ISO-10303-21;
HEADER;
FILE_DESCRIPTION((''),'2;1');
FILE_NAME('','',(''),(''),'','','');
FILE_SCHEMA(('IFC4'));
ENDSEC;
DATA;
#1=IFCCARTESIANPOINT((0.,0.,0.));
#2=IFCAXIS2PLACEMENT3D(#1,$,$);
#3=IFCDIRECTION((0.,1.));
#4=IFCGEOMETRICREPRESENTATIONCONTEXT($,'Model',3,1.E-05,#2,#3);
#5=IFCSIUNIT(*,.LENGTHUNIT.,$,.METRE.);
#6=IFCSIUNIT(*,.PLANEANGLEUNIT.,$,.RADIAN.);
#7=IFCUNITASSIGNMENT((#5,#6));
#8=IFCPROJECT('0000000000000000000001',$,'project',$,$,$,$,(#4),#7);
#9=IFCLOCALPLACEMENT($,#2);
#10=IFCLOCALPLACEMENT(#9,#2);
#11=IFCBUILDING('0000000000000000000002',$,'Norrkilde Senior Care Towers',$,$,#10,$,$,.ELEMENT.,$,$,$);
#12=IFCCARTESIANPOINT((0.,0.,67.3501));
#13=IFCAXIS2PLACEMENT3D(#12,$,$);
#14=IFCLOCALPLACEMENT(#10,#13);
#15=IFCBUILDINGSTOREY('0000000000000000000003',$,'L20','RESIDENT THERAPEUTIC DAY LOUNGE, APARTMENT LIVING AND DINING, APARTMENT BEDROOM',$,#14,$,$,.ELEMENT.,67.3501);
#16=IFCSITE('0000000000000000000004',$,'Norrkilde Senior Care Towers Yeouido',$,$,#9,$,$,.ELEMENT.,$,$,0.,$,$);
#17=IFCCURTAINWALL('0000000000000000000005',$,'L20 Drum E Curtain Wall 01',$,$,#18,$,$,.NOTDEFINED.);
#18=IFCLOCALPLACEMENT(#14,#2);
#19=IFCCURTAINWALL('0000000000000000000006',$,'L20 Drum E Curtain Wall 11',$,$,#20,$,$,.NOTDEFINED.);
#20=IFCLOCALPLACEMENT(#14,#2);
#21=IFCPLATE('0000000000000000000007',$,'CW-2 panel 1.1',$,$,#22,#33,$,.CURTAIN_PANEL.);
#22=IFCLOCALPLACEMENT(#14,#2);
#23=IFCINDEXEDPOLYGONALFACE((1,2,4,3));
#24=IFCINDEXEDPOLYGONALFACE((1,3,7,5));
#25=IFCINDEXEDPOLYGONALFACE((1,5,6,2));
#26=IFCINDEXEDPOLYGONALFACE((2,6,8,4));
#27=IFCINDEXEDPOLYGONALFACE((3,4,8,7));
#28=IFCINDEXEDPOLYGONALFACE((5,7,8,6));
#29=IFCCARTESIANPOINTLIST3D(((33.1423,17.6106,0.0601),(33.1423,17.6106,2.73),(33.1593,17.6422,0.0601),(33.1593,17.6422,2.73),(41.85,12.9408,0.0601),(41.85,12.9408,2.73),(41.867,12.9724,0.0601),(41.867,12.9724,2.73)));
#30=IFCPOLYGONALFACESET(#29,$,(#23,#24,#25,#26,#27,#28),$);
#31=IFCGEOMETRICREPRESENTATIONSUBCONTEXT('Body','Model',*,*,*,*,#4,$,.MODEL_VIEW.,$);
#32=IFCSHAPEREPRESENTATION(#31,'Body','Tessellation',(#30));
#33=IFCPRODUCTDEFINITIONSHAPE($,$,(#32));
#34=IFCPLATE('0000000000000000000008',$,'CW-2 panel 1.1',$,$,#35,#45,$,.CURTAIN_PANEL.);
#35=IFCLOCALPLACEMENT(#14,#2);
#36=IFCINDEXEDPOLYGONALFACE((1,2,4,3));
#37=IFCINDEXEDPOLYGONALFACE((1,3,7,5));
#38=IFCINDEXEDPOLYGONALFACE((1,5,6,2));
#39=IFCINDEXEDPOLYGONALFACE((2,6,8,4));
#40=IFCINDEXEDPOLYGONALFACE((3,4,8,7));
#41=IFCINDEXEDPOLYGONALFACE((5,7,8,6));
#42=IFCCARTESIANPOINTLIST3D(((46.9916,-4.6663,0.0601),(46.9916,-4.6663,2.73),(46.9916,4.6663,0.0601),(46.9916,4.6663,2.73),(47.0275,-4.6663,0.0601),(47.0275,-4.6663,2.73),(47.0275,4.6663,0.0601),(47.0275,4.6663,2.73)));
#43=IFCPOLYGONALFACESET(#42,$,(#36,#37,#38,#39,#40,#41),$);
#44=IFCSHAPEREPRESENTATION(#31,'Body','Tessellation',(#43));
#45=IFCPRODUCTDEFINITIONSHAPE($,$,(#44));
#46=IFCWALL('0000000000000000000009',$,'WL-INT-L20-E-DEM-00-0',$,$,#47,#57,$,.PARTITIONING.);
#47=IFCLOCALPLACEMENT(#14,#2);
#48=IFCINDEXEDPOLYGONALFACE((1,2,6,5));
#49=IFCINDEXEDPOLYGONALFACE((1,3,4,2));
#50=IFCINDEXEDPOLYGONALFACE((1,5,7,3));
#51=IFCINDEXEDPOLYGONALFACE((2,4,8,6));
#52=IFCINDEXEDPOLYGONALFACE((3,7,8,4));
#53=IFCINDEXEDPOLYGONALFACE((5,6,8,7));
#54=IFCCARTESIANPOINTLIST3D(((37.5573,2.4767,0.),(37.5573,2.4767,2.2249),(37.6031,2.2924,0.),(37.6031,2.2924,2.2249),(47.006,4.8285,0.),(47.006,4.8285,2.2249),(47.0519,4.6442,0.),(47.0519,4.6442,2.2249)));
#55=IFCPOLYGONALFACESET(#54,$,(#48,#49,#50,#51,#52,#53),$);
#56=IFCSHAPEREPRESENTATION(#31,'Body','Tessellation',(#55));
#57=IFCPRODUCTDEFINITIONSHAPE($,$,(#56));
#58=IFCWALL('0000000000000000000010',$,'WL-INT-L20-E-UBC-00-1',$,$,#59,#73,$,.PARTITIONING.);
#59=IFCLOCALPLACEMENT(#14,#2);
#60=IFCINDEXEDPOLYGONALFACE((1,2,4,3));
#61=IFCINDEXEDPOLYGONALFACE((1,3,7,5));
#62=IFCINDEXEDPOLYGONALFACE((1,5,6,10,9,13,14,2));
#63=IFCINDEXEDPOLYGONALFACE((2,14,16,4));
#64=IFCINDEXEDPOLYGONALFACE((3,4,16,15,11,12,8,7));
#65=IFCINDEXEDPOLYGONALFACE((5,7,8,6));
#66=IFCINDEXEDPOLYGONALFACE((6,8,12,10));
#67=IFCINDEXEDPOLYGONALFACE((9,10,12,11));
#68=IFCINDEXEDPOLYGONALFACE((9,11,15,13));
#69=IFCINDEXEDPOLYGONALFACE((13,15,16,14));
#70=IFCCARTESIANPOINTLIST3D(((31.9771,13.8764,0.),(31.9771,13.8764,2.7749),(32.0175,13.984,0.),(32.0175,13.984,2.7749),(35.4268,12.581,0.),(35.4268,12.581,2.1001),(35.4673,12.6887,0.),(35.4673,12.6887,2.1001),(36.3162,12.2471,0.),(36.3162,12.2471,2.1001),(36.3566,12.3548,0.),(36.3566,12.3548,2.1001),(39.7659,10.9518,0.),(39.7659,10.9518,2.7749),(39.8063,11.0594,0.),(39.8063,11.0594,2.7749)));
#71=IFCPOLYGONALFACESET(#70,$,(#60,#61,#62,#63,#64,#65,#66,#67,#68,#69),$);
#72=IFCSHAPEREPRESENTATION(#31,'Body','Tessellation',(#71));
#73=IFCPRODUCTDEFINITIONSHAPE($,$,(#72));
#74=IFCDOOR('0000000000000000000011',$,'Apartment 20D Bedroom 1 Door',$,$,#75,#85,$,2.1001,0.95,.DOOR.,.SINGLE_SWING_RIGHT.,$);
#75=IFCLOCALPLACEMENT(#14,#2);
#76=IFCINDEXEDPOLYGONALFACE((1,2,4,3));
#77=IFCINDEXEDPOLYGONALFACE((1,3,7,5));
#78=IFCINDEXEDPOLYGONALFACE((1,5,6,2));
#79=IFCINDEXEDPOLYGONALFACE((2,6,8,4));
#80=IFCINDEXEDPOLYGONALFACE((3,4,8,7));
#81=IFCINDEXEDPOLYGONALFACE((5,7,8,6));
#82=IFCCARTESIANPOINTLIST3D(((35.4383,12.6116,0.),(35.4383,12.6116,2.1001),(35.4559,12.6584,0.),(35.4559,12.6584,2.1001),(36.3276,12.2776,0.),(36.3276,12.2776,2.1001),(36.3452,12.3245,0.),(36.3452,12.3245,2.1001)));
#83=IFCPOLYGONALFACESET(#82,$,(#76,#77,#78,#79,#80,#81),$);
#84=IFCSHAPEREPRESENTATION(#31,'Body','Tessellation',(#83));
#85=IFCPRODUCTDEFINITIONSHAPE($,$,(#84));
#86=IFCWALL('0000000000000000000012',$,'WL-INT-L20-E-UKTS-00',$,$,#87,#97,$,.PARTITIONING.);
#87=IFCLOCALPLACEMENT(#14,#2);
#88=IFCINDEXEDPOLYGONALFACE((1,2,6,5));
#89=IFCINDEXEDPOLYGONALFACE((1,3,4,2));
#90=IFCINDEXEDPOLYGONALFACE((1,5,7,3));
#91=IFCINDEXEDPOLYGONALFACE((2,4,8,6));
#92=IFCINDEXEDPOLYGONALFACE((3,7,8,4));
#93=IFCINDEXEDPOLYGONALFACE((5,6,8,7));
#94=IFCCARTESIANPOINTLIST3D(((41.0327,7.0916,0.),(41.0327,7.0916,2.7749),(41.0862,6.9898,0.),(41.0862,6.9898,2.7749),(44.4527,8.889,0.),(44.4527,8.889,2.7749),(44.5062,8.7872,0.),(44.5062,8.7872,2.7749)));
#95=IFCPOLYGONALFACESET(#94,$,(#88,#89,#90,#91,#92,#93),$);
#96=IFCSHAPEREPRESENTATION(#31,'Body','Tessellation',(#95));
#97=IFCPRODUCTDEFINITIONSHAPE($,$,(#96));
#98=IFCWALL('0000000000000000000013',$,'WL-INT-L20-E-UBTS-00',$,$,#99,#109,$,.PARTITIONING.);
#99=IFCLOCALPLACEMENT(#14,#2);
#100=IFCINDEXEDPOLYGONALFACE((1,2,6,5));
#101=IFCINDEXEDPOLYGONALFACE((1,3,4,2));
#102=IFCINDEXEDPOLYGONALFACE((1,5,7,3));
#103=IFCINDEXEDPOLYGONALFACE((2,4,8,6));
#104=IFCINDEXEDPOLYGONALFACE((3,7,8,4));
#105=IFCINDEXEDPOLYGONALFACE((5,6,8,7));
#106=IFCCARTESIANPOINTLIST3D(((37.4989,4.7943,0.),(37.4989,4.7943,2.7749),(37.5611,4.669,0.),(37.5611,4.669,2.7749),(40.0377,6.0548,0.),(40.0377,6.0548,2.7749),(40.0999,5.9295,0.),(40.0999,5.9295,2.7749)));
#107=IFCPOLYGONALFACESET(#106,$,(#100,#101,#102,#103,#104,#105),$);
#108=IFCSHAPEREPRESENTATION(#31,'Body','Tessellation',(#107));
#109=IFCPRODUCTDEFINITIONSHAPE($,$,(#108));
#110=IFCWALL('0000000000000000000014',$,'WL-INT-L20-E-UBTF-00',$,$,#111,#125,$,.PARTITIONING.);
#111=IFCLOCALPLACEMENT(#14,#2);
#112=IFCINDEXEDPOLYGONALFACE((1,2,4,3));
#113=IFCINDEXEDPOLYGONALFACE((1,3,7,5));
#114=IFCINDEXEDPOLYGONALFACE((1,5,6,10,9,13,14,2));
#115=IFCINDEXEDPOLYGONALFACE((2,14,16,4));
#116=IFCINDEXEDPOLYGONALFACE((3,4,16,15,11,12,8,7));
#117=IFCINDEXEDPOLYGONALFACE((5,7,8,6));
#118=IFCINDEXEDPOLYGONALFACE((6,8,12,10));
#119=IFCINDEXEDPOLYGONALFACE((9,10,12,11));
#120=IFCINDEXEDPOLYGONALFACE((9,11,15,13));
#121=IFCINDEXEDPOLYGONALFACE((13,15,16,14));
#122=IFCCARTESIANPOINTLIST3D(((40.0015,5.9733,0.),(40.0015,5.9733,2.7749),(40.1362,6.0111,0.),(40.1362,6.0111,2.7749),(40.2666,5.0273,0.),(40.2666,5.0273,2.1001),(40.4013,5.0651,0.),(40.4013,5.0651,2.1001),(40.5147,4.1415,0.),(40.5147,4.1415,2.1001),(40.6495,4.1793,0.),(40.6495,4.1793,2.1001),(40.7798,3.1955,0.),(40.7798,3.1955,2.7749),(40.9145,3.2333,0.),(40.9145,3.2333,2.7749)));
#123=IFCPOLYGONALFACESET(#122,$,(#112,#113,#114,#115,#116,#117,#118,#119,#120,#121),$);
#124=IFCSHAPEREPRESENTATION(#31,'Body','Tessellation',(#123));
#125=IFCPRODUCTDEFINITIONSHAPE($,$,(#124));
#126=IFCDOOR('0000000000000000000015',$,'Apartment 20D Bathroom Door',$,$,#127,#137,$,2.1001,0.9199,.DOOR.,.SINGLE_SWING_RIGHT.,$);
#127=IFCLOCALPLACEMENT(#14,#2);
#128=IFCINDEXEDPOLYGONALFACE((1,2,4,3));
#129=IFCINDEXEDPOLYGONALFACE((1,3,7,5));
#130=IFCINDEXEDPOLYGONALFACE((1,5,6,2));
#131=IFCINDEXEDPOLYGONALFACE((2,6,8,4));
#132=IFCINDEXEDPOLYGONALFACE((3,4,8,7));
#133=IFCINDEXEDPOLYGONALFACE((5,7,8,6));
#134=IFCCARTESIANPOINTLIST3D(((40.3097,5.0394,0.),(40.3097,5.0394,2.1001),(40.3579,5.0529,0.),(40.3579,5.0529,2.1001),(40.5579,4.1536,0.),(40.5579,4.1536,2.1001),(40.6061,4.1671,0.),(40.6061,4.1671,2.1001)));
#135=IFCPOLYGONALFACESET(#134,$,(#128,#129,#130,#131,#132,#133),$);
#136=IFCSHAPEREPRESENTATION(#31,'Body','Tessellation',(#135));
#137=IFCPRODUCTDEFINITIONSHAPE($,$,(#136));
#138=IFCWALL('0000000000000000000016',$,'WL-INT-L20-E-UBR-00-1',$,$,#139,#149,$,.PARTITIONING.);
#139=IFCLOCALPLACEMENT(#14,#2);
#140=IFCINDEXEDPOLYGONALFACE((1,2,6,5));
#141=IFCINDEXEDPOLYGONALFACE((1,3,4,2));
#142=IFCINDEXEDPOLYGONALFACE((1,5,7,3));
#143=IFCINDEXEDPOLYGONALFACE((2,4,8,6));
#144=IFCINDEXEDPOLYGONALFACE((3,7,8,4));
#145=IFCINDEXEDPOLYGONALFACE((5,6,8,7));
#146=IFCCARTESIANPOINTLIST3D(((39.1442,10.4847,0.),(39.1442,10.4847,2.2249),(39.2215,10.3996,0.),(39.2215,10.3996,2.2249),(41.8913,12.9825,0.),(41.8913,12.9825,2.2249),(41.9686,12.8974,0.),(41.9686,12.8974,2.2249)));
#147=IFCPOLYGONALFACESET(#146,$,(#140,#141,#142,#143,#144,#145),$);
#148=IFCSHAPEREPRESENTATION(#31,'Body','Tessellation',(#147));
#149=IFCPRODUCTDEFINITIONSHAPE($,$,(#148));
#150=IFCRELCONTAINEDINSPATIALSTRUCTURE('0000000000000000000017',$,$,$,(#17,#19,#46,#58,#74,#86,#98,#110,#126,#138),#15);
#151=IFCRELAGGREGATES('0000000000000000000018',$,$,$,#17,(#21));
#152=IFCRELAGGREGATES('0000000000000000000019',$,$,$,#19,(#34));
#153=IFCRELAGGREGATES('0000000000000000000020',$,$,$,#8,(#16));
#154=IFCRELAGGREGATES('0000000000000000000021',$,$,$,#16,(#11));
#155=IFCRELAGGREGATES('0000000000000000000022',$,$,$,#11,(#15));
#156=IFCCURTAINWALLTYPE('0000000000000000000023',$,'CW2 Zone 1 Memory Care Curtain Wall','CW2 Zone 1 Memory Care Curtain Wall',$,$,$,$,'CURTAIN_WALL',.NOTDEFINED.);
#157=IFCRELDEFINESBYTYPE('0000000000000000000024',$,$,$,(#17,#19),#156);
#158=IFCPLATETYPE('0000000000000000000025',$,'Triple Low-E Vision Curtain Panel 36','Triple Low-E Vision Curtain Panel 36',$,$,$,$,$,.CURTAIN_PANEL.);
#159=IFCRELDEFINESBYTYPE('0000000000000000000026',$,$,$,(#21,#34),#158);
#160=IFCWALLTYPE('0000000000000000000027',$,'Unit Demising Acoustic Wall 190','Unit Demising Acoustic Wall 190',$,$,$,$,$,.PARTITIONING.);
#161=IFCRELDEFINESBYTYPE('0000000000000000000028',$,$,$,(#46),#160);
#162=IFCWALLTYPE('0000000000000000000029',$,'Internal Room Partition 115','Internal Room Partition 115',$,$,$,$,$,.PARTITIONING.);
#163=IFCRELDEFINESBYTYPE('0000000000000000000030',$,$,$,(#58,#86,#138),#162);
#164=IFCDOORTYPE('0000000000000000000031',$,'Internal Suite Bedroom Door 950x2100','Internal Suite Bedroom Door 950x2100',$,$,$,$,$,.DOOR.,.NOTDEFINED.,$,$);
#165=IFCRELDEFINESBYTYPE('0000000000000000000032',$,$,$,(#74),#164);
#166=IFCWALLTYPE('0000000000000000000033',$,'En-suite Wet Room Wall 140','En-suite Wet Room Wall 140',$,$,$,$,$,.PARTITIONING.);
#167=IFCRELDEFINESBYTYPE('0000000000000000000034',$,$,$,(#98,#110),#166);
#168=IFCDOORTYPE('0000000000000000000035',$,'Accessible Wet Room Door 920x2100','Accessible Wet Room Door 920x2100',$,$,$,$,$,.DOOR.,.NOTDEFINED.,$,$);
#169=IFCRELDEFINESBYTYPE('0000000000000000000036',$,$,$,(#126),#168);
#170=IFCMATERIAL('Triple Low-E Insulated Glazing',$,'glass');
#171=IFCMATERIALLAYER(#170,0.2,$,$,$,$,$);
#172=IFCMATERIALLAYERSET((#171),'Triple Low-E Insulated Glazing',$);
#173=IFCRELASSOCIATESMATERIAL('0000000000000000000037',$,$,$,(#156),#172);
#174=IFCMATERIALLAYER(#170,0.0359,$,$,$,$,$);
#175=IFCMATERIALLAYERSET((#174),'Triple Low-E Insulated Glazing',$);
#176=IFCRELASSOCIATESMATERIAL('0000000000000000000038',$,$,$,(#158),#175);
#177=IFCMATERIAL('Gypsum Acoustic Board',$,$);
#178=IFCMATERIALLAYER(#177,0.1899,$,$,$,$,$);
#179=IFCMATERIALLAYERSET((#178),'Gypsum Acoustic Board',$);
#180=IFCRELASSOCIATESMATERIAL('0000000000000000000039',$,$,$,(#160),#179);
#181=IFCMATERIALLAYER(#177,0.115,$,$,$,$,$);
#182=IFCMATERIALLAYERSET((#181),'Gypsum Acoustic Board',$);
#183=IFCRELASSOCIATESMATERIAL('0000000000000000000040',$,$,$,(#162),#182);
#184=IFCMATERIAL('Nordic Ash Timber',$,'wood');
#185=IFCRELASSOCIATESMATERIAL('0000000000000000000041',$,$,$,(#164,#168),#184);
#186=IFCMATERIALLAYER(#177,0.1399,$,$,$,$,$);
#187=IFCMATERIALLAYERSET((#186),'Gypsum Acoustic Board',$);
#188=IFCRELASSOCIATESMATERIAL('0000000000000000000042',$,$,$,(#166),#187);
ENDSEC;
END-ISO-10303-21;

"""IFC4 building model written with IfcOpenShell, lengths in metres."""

from ifc_helpers import new_model, si_unit, direction, frame, frame_2d, origin, origin_2d, place, context, subcontext, project, spatial, rectangle, extrude, source, transform, mapped, material, layer, layer_set, type_object, type_shapes, element, fill, aggregate, save


model = new_model("IFC4")

# Units and contexts
model_context = context("Model", 3, precision=1e-05, world=origin(), true_north=direction((0.0, 1.0)))
body_context = subcontext(model_context, "Body", "Model", "MODEL_VIEW")
ifc_project = project(units=[si_unit("LENGTHUNIT", "METRE"), si_unit("PLANEANGLEUNIT", "RADIAN")], contexts=[model_context])

# Site, building, storey
site_placement = place(None, origin())
site = spatial("IfcSite", under=ifc_project, at=site_placement, Name="Norrkilde Senior Care Towers Yeouido", CompositionType="ELEMENT", RefElevation=0.0)
building_placement = place(site_placement, origin())
building = spatial("IfcBuilding", under=site, at=building_placement, Name="Norrkilde Senior Care Towers", CompositionType="ELEMENT")
storey_placement = place(building_placement, frame((0.0, 0.0, 67.3501)))
storey = spatial("IfcBuildingStorey", under=building, at=storey_placement, Name="L20", Description="RESIDENT THERAPEUTIC DAY LOUNGE, APARTMENT LIVING AND DINING, APARTMENT BEDROOM", CompositionType="ELEMENT", Elevation=67.3501)

# Shared definitions
ifc_material_1 = material(Name="Triple Low-E Insulated Glazing", Category="glass")
ifc_layer_1 = layer(ifc_material_1, 0.2)
ifc_layer_set_1 = layer_set([ifc_layer_1], Name="Triple Low-E Insulated Glazing")
curtain_wall_type = type_object("IfcCurtainWallType", Name="CW2 Zone 1 Memory Care Curtain Wall", Description="CW2 Zone 1 Memory Care Curtain Wall", ElementType="CURTAIN_WALL", PredefinedType="NOTDEFINED", material=ifc_layer_set_1)

# Curtain walls
curtain_wall_1_placement = place(storey_placement, origin())
curtain_wall_1 = element("IfcCurtainWall", 1, at=curtain_wall_1_placement, inside=storey, type_object=curtain_wall_type, Name="L20 Drum E Curtain Wall 01", PredefinedType="NOTDEFINED")
curtain_wall_2_placement = place(storey_placement, origin())
curtain_wall_2 = element("IfcCurtainWall", 2, at=curtain_wall_2_placement, inside=storey, type_object=curtain_wall_type, Name="L20 Drum E Curtain Wall 11", PredefinedType="NOTDEFINED")

# Plates
ifc_layer_2 = layer(ifc_material_1, 0.0359)
ifc_layer_set_2 = layer_set([ifc_layer_2], Name="Triple Low-E Insulated Glazing")
plate_type = type_object("IfcPlateType", Name="Triple Low-E Vision Curtain Panel 36", Description="Triple Low-E Vision Curtain Panel 36", PredefinedType="CURTAIN_PANEL", material=ifc_layer_set_2)
shared_shape_1 = source(origin(), body_context, "Body", "SweptSolid", [
    extrude(rectangle(XDim=9.8809, YDim=0.0359, at=origin_2d()), origin(), (0.0, 0.0, 1.0), 2.6699),
])
plate_1_placement = place(storey_placement, frame((37.5046, 15.2915, 0.0601), z_axis=(0.0, 0.0, 1.0), x_axis=(0.881273, -0.472608, 0.0)))
plate_1 = element("IfcPlate", 3, at=plate_1_placement, type_object=plate_type, Name="CW-2 panel 1.1", PredefinedType="CURTAIN_PANEL", context=body_context, shape_type="MappedRepresentation", body=[
    mapped(shared_shape_1, transform((0.0, 0.0, 0.0), x_axis=(1.0, 0.0, 0.0), y_axis=(0.0, 1.0, 0.0), z_axis=(0.0, 0.0, 1.0), scale=1.0)),
])
aggregate(curtain_wall_1, [plate_1])
shared_shape_2 = source(origin(), body_context, "Body", "SweptSolid", [
    extrude(rectangle(XDim=9.3325, YDim=0.0359, at=origin_2d()), origin(), (0.0, 0.0, 1.0), 2.6699),
])
plate_2_placement = place(storey_placement, frame((47.0095, 0.0, 0.0601), z_axis=(0.0, 0.0, 1.0), x_axis=(0.0, -1.0, 0.0)))
plate_2 = element("IfcPlate", 4, at=plate_2_placement, type_object=plate_type, Name="CW-2 panel 1.1", PredefinedType="CURTAIN_PANEL", context=body_context, shape_type="MappedRepresentation", body=[
    mapped(shared_shape_2, transform((0.0, 0.0, 0.0), x_axis=(1.0, 0.0, 0.0), y_axis=(0.0, 1.0, 0.0), z_axis=(0.0, 0.0, 1.0), scale=1.0)),
])
aggregate(curtain_wall_2, [plate_2])

# Wall
ifc_material_2 = material(Name="Gypsum Acoustic Board")
ifc_layer_3 = layer(ifc_material_2, 0.1899)
ifc_layer_set_3 = layer_set([ifc_layer_3], Name="Gypsum Acoustic Board")
wall_type_1 = type_object("IfcWallType", Name="Unit Demising Acoustic Wall 190", Description="Unit Demising Acoustic Wall 190", PredefinedType="PARTITIONING", material=ifc_layer_set_3)
shared_shape_3 = source(origin(), body_context, "Body", "SweptSolid", [
    extrude(rectangle(XDim=9.7371, YDim=0.1899, at=frame_2d((4.8687, 0.0))), origin(), (0.0, 0.0, 1.0), 2.2249),
])
type_shapes(wall_type_1, [shared_shape_3])
wall_1_placement = place(storey_placement, frame((37.5801, 2.3845, 0.0), z_axis=(0.0, 0.0, 1.0), x_axis=(0.970393, 0.241533, 0.0)))
element("IfcWall", 5, at=wall_1_placement, inside=storey, type_object=wall_type_1, Name="WL-INT-L20-E-DEM-00-0", PredefinedType="PARTITIONING", context=body_context, shape_type="MappedRepresentation", body=[
    mapped(shared_shape_3, transform((0.0, 0.0, 0.0), x_axis=(1.0, 0.0, 0.0), y_axis=(0.0, 1.0, 0.0), z_axis=(0.0, 0.0, 1.0), scale=1.0)),
])

# Wall, opening, door
ifc_layer_4 = layer(ifc_material_2, 0.115)
ifc_layer_set_4 = layer_set([ifc_layer_4], Name="Gypsum Acoustic Board")
wall_type_2 = type_object("IfcWallType", Name="Internal Room Partition 115", Description="Internal Room Partition 115", PredefinedType="PARTITIONING", material=ifc_layer_set_4)
shared_shape_4 = source(origin(), body_context, "Body", "SweptSolid", [
    extrude(rectangle(XDim=8.3198, YDim=0.115, at=frame_2d((4.1599, 0.0))), origin(), (0.0, 0.0, 1.0), 2.7749),
])
wall_2_placement = place(storey_placement, frame((39.7861, 11.0056, 0.0), z_axis=(0.0, 0.0, 1.0), x_axis=(-0.936181, 0.351519, 0.0)))
wall_2 = element("IfcWall", 6, at=wall_2_placement, inside=storey, type_object=wall_type_2, Name="WL-INT-L20-E-UBC-00-1", PredefinedType="PARTITIONING", context=body_context, shape_type="MappedRepresentation", body=[
    mapped(shared_shape_4, transform((0.0, 0.0, 0.0), x_axis=(1.0, 0.0, 0.0), y_axis=(0.0, 1.0, 0.0), z_axis=(0.0, 0.0, 1.0), scale=1.0)),
])
opening_1_placement = place(wall_2_placement, frame((3.6848, 0.0, 0.0)))
opening_1 = element("IfcOpeningElement", 7, at=opening_1_placement, cuts=wall_2, PredefinedType="OPENING", context=body_context, shape_type="SweptSolid", body=[
    extrude(rectangle(XDim=0.95, YDim=2.1001, at=frame_2d((0.4751, 1.05))), frame((0.0, 0.0674, 0.0), z_axis=(0.0, -1.0, 0.0), x_axis=(1.0, 0.0, 0.0)), (0.0, 0.0, 1.0), 0.135),
])
ifc_material_3 = material(Name="Nordic Ash Timber", Category="wood")
door_type_1 = type_object("IfcDoorType", Name="Internal Suite Bedroom Door 950x2100", Description="Internal Suite Bedroom Door 950x2100", OperationType="NOTDEFINED", PredefinedType="DOOR", material=ifc_material_3)
shared_shape_5 = source(origin(), body_context, "Body", "SweptSolid", [
    extrude(rectangle(XDim=0.95, YDim=2.1001, at=frame_2d((0.4751, 1.05))), frame((0.0, 0.0249, 0.0), z_axis=(0.0, -1.0, 0.0), x_axis=(1.0, 0.0, 0.0)), (0.0, 0.0, 1.0), 0.05),
])
type_shapes(door_type_1, [shared_shape_5])
door_1_placement = place(opening_1_placement, origin())
door_1 = element("IfcDoor", 8, at=door_1_placement, inside=storey, type_object=door_type_1, Name="Apartment 20D Bedroom 1 Door", OperationType="SINGLE_SWING_RIGHT", OverallHeight=2.1001, OverallWidth=0.95, PredefinedType="DOOR", context=body_context, shape_type="MappedRepresentation", body=[
    mapped(shared_shape_5, transform((0.0, 0.0, 0.0), x_axis=(1.0, 0.0, 0.0), y_axis=(0.0, 1.0, 0.0), z_axis=(0.0, 0.0, 1.0), scale=1.0)),
])
fill(opening_1, door_1)

# Walls
shared_shape_6 = source(origin(), body_context, "Body", "SweptSolid", [
    extrude(rectangle(XDim=3.8635, YDim=0.115, at=frame_2d((1.9316, 0.0))), origin(), (0.0, 0.0, 1.0), 2.7749),
])
wall_3_placement = place(storey_placement, frame((41.0596, 7.0408, 0.0), z_axis=(0.0, 0.0, 1.0), x_axis=(0.885195, 0.46522, 0.0)))
element("IfcWall", 9, at=wall_3_placement, inside=storey, type_object=wall_type_2, Name="WL-INT-L20-E-UKTS-00", PredefinedType="PARTITIONING", context=body_context, shape_type="MappedRepresentation", body=[
    mapped(shared_shape_6, transform((0.0, 0.0, 0.0), x_axis=(1.0, 0.0, 0.0), y_axis=(0.0, 1.0, 0.0), z_axis=(0.0, 0.0, 1.0), scale=1.0)),
])
ifc_layer_5 = layer(ifc_material_2, 0.1399)
ifc_layer_set_5 = layer_set([ifc_layer_5], Name="Gypsum Acoustic Board")
wall_type_3 = type_object("IfcWallType", Name="En-suite Wet Room Wall 140", Description="En-suite Wet Room Wall 140", PredefinedType="PARTITIONING", material=ifc_layer_set_5)
shared_shape_7 = source(origin(), body_context, "Body", "SweptSolid", [
    extrude(rectangle(XDim=2.8345, YDim=0.1399, at=frame_2d((1.4172, 0.0))), origin(), (0.0, 0.0, 1.0), 2.7749),
])
wall_4_placement = place(storey_placement, frame((37.53, 4.7317, 0.0), z_axis=(0.0, 0.0, 1.0), x_axis=(0.895681, 0.444697, 0.0)))
element("IfcWall", 10, at=wall_4_placement, inside=storey, type_object=wall_type_3, Name="WL-INT-L20-E-UBTS-00", PredefinedType="PARTITIONING", context=body_context, shape_type="MappedRepresentation", body=[
    mapped(shared_shape_7, transform((0.0, 0.0, 0.0), x_axis=(1.0, 0.0, 0.0), y_axis=(0.0, 1.0, 0.0), z_axis=(0.0, 0.0, 1.0), scale=1.0)),
])

# Wall, opening, door
shared_shape_8 = source(origin(), body_context, "Body", "SweptSolid", [
    extrude(rectangle(XDim=2.8848, YDim=0.1399, at=frame_2d((1.4424, 0.0))), origin(), (0.0, 0.0, 1.0), 2.7749),
])
type_shapes(wall_type_3, [shared_shape_7, shared_shape_8])
wall_5_placement = place(storey_placement, frame((40.0688, 5.9922, 0.0), z_axis=(0.0, 0.0, 1.0), x_axis=(0.269799, -0.962917, 0.0)))
wall_5 = element("IfcWall", 11, at=wall_5_placement, inside=storey, type_object=wall_type_3, Name="WL-INT-L20-E-UBTF-00", PredefinedType="PARTITIONING", context=body_context, shape_type="MappedRepresentation", body=[
    mapped(shared_shape_8, transform((0.0, 0.0, 0.0), x_axis=(1.0, 0.0, 0.0), y_axis=(0.0, 1.0, 0.0), z_axis=(0.0, 0.0, 1.0), scale=1.0)),
])
opening_2_placement = place(wall_5_placement, frame((0.9824, 0.0, 0.0)))
opening_2 = element("IfcOpeningElement", 12, at=opening_2_placement, cuts=wall_5, PredefinedType="OPENING", context=body_context, shape_type="SweptSolid", body=[
    extrude(rectangle(XDim=0.9199, YDim=2.1001, at=frame_2d((0.46, 1.05))), frame((0.0, 0.0798, 0.0), z_axis=(0.0, -1.0, 0.0), x_axis=(1.0, 0.0, 0.0)), (0.0, 0.0, 1.0), 0.1599),
])
door_type_2 = type_object("IfcDoorType", Name="Accessible Wet Room Door 920x2100", Description="Accessible Wet Room Door 920x2100", OperationType="NOTDEFINED", PredefinedType="DOOR", material=ifc_material_3)
shared_shape_9 = source(origin(), body_context, "Body", "SweptSolid", [
    extrude(rectangle(XDim=0.9199, YDim=2.1001, at=frame_2d((0.46, 1.05))), frame((0.0, 0.0249, 0.0), z_axis=(0.0, -1.0, 0.0), x_axis=(1.0, 0.0, 0.0)), (0.0, 0.0, 1.0), 0.05),
])
type_shapes(door_type_2, [shared_shape_9])
door_2_placement = place(opening_2_placement, origin())
door_2 = element("IfcDoor", 13, at=door_2_placement, inside=storey, type_object=door_type_2, Name="Apartment 20D Bathroom Door", OperationType="SINGLE_SWING_RIGHT", OverallHeight=2.1001, OverallWidth=0.9199, PredefinedType="DOOR", context=body_context, shape_type="MappedRepresentation", body=[
    mapped(shared_shape_9, transform((0.0, 0.0, 0.0), x_axis=(1.0, 0.0, 0.0), y_axis=(0.0, 1.0, 0.0), z_axis=(0.0, 0.0, 1.0), scale=1.0)),
])
fill(opening_2, door_2)

# Wall
shared_shape_10 = source(origin(), body_context, "Body", "SweptSolid", [
    extrude(rectangle(XDim=3.7129, YDim=0.115, at=frame_2d((1.8564, 0.0))), origin(), (0.0, 0.0, 1.0), 2.2249),
])
wall_6_placement = place(storey_placement, frame((39.1829, 10.4421, 0.0), z_axis=(0.0, 0.0, 1.0), x_axis=(0.739878, 0.672742, 0.0)))
element("IfcWall", 14, at=wall_6_placement, inside=storey, type_object=wall_type_2, Name="WL-INT-L20-E-UBR-00-1", PredefinedType="PARTITIONING", context=body_context, shape_type="MappedRepresentation", body=[
    mapped(shared_shape_10, transform((0.0, 0.0, 0.0), x_axis=(1.0, 0.0, 0.0), y_axis=(0.0, 1.0, 0.0), z_axis=(0.0, 0.0, 1.0), scale=1.0)),
])

save(model, "model.ifc")
